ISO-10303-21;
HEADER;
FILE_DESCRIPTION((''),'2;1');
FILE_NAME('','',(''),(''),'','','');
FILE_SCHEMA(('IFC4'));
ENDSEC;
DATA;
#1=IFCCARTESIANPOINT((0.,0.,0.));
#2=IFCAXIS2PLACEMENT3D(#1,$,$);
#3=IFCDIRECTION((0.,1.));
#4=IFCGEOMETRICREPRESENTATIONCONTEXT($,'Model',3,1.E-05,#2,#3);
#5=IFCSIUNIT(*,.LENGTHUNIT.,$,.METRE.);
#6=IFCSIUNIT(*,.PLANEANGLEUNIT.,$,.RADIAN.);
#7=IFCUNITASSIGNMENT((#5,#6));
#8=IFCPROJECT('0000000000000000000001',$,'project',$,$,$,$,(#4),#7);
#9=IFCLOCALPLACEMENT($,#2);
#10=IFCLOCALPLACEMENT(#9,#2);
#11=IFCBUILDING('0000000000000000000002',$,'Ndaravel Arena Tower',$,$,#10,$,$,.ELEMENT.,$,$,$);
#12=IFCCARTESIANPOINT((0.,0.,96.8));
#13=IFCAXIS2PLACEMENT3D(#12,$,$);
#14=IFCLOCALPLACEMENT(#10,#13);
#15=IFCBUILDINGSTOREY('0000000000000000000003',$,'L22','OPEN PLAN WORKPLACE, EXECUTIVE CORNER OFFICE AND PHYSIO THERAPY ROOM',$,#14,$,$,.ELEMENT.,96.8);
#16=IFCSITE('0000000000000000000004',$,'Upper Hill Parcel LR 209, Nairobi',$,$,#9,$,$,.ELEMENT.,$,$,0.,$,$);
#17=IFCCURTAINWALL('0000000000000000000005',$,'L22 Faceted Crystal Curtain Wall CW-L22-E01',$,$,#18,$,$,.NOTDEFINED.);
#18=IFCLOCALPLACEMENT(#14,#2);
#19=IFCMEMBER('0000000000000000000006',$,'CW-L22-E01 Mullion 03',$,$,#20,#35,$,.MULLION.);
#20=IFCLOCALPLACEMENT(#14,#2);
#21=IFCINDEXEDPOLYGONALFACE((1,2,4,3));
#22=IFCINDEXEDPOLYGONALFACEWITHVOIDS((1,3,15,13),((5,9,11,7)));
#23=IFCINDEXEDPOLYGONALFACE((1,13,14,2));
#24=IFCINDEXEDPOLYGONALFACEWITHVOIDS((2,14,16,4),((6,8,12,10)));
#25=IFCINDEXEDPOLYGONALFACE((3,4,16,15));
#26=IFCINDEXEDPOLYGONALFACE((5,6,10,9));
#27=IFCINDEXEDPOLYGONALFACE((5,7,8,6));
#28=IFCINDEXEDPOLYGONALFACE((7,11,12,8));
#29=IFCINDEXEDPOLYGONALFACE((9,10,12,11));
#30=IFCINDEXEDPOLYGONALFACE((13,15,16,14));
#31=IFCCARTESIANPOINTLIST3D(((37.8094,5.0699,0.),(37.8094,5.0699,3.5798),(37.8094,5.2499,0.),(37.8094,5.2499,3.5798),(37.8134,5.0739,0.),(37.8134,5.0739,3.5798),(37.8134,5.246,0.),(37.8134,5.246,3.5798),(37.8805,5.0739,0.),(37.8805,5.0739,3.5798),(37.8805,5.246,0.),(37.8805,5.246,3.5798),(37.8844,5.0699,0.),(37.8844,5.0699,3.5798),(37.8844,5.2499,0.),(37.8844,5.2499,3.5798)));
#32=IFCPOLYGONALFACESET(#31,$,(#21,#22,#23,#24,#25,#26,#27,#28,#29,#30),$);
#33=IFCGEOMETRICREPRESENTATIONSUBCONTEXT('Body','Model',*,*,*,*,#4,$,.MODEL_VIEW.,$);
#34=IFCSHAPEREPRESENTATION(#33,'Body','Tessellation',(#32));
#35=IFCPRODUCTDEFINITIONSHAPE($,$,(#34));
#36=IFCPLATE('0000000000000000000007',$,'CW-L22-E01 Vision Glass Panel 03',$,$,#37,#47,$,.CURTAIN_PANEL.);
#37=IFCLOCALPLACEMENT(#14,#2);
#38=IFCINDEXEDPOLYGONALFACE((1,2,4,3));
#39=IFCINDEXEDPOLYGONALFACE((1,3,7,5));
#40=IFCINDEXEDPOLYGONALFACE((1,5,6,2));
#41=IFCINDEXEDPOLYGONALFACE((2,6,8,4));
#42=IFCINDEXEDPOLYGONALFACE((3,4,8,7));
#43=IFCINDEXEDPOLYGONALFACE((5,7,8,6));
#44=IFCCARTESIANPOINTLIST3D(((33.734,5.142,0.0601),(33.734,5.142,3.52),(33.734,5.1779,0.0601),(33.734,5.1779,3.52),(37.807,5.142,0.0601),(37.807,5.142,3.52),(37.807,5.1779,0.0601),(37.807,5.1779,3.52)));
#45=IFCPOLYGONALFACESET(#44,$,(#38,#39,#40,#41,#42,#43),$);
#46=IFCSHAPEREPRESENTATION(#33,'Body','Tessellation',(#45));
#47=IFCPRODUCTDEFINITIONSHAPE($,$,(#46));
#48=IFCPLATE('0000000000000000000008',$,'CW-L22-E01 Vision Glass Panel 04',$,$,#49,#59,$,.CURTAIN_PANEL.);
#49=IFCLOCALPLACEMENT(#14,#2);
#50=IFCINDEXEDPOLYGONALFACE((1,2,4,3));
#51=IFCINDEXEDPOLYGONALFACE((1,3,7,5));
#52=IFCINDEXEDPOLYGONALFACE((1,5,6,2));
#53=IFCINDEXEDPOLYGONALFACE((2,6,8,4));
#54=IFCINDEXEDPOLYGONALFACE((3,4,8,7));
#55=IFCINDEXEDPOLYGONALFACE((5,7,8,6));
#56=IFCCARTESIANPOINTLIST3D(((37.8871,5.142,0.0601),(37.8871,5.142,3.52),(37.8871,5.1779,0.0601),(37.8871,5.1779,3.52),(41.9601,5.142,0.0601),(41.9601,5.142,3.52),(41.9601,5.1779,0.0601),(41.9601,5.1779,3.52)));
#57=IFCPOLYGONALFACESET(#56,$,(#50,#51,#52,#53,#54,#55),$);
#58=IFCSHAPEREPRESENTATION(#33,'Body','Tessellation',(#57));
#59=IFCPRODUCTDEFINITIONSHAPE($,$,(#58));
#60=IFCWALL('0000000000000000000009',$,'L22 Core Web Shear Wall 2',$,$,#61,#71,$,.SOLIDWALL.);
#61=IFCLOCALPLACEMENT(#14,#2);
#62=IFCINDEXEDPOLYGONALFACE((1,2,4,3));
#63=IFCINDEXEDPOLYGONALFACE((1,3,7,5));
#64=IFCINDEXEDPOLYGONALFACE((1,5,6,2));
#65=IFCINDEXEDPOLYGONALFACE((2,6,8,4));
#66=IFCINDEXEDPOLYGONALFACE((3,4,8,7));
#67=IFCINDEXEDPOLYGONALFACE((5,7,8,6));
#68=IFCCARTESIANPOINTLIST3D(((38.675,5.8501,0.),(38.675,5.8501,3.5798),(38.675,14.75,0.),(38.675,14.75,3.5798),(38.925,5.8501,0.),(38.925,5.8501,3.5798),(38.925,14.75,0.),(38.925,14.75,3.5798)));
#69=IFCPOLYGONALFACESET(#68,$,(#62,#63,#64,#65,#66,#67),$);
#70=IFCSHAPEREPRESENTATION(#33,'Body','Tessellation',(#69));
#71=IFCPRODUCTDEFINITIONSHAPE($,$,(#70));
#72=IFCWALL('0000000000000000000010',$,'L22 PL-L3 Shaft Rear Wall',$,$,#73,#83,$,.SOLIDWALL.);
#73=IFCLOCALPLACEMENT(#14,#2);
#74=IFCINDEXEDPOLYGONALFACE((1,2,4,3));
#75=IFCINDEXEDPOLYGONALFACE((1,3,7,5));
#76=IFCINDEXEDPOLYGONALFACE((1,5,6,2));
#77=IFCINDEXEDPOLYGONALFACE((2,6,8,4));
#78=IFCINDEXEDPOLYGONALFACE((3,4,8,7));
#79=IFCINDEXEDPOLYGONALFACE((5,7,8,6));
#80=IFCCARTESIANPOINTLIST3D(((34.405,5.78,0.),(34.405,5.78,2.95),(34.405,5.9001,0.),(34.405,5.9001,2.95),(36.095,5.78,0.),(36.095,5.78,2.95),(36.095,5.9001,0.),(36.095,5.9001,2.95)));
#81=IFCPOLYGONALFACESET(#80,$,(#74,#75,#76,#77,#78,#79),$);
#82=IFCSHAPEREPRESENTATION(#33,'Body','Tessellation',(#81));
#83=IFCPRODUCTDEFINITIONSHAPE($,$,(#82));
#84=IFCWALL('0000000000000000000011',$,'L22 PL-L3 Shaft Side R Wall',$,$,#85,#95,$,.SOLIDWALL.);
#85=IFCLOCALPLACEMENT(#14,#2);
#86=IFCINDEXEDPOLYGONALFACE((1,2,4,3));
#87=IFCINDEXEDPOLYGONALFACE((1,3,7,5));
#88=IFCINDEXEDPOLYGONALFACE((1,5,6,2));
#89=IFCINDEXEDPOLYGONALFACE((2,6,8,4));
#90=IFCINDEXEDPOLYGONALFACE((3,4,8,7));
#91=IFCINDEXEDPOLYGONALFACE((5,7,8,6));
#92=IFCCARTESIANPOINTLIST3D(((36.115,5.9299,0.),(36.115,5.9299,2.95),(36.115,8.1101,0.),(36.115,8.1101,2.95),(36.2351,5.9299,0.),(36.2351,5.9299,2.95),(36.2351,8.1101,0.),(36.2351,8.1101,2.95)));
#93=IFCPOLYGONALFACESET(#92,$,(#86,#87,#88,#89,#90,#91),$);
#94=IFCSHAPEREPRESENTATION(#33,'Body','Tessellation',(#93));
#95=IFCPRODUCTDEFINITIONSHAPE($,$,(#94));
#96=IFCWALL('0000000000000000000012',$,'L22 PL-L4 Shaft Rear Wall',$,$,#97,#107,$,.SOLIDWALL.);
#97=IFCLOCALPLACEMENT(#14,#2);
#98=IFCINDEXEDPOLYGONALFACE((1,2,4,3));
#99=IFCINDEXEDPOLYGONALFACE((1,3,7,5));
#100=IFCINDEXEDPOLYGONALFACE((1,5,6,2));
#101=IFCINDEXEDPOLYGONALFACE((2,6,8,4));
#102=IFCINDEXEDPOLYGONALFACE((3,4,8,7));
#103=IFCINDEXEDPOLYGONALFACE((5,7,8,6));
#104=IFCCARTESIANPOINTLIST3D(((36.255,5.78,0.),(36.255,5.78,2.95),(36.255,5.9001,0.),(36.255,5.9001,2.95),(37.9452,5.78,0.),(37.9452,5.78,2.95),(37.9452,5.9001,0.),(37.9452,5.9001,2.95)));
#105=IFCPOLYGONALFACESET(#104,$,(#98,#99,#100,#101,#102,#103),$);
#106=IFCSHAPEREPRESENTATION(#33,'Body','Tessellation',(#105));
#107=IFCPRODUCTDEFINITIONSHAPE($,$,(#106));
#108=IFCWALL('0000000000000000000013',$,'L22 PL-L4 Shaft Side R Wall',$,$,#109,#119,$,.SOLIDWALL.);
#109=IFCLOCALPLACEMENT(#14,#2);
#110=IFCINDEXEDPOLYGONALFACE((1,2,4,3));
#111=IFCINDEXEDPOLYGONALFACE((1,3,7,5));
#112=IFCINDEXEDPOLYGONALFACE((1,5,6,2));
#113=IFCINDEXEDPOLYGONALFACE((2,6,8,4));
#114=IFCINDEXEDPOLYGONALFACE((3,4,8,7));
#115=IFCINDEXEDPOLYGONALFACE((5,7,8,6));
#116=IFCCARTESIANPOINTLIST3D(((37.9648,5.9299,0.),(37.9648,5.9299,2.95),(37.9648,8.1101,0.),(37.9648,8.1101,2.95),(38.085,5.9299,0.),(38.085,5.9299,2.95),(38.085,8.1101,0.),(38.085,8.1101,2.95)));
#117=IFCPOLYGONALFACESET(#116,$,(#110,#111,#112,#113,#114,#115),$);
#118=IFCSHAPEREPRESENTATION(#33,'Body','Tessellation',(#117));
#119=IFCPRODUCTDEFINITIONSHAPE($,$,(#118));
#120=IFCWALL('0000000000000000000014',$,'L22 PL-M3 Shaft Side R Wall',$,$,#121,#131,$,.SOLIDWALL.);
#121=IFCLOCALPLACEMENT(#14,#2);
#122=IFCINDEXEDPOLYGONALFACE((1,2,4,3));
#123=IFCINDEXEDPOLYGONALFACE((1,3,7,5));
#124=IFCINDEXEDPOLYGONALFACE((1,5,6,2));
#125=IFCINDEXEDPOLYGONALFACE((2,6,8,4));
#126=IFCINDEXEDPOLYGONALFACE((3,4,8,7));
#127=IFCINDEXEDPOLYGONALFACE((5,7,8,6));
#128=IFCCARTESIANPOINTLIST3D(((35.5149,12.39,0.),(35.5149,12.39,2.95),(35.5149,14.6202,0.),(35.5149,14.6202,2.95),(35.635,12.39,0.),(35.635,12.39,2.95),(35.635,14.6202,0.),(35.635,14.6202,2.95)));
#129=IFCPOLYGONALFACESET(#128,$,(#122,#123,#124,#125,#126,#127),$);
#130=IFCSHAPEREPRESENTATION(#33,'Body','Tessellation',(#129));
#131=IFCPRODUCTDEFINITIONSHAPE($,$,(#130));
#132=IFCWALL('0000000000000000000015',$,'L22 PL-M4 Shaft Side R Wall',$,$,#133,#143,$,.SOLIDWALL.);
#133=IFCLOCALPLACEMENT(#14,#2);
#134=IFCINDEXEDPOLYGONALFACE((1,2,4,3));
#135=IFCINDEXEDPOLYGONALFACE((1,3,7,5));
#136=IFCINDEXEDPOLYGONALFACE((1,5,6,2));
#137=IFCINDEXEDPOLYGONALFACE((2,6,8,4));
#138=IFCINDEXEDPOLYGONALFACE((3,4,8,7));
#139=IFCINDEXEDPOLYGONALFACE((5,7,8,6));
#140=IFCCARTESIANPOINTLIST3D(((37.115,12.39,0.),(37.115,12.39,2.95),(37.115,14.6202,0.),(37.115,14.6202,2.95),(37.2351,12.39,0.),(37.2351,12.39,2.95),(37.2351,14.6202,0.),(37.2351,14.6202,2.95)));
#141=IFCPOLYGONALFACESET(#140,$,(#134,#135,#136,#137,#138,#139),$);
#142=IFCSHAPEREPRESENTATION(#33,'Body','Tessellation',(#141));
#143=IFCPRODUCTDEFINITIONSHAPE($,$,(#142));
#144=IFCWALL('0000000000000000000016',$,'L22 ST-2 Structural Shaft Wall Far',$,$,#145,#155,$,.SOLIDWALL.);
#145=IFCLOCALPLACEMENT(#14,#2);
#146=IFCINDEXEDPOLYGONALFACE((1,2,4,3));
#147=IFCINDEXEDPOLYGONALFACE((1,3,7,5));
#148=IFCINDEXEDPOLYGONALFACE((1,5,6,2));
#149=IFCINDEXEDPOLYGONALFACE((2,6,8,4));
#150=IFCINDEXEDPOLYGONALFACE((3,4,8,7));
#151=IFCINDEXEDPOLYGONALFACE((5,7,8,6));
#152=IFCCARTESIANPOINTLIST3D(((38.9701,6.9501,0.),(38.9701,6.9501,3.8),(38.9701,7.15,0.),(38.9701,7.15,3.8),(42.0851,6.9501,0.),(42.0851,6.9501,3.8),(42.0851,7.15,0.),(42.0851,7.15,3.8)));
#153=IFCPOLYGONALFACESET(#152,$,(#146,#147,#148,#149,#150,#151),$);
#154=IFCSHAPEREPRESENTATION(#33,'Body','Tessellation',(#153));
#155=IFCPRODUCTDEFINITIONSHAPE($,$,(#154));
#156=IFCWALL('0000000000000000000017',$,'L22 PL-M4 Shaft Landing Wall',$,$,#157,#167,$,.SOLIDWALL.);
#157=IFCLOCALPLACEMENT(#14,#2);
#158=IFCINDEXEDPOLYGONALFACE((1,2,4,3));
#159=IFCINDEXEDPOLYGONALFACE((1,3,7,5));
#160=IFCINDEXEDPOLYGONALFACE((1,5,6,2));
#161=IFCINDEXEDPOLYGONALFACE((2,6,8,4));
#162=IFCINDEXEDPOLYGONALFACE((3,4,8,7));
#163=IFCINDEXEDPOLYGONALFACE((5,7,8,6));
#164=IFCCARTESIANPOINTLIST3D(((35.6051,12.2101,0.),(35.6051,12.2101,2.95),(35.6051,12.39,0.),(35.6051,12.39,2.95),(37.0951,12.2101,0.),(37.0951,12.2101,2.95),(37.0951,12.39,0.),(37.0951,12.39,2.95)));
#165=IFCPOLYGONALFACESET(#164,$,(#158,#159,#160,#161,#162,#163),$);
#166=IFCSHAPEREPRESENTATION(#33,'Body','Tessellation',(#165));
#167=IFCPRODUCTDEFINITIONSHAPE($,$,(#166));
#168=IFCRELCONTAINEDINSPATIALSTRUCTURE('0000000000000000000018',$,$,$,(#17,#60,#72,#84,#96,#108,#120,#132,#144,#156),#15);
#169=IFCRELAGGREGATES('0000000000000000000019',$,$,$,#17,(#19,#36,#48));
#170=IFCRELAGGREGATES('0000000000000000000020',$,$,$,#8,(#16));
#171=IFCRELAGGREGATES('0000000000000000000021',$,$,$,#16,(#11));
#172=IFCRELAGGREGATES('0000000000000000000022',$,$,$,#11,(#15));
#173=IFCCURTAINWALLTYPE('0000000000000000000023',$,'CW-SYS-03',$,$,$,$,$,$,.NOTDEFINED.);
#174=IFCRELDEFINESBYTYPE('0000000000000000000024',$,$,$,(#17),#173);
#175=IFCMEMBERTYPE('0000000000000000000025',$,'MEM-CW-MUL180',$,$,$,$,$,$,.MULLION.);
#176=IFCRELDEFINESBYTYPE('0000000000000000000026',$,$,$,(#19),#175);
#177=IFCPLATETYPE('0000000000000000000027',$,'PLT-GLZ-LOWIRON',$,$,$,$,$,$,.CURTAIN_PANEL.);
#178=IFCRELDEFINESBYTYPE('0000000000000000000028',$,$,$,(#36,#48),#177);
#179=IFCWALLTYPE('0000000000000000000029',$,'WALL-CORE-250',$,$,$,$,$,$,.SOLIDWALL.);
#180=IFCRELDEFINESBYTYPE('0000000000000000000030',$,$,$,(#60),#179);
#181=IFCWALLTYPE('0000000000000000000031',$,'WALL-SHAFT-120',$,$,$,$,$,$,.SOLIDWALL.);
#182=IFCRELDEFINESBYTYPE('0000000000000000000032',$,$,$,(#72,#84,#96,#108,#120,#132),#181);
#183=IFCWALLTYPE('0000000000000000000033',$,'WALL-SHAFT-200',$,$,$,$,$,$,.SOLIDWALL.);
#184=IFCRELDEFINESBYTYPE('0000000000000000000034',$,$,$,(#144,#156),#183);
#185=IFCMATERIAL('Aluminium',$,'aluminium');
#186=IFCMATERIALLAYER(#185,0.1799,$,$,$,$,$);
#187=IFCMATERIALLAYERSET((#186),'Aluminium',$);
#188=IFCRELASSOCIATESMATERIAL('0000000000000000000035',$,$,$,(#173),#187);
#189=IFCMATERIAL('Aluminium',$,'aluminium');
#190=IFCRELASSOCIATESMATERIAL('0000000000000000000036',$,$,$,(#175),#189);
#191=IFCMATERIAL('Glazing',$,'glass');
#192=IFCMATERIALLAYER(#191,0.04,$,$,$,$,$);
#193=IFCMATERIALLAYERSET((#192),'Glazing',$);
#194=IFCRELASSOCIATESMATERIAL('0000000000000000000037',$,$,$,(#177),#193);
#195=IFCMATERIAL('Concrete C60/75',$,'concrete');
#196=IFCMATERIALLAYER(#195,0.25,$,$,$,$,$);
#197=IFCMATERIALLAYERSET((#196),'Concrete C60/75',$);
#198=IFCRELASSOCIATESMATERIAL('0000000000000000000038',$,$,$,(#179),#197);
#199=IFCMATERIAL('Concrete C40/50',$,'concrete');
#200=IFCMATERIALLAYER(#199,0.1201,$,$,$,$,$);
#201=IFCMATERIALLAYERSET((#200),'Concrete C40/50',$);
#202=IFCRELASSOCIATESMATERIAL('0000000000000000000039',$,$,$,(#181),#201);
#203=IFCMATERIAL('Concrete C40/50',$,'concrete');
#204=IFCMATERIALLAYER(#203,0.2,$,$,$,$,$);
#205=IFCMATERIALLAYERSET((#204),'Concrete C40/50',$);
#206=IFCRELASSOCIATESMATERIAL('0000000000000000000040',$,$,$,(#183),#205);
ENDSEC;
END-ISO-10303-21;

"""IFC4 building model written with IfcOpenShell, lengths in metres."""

from ifc_helpers import new_model, si_unit, direction, frame, frame_2d, origin, origin_2d, place, context, subcontext, project, spatial, rectangle, hollow_rectangle, extrude, material, layer, layer_set, material_profile, profile_set, type_object, element, aggregate, save


model = new_model("IFC4")

# Units and contexts
model_context = context("Model", 3, precision=1e-05, world=origin(), true_north=direction((0.0, 1.0)))
body_context = subcontext(model_context, "Body", "Model", "MODEL_VIEW")
ifc_project = project(units=[si_unit("LENGTHUNIT", "METRE"), si_unit("PLANEANGLEUNIT", "RADIAN")], contexts=[model_context])

# Site, building, storey
site_placement = place(None, origin())
site = spatial("IfcSite", under=ifc_project, at=site_placement, Name="Upper Hill Parcel LR 209, Nairobi", CompositionType="ELEMENT", RefElevation=0.0)
building_placement = place(site_placement, origin())
building = spatial("IfcBuilding", under=site, at=building_placement, Name="Ndaravel Arena Tower", CompositionType="ELEMENT")
storey_placement = place(building_placement, frame((0.0, 0.0, 96.8)))
storey = spatial("IfcBuildingStorey", under=building, at=storey_placement, Name="L22", Description="OPEN PLAN WORKPLACE, EXECUTIVE CORNER OFFICE AND PHYSIO THERAPY ROOM", CompositionType="ELEMENT", Elevation=96.8)

# Curtain wall, member, plates
ifc_material_1 = material(Name="Aluminium", Category="aluminium")
ifc_layer_1 = layer(ifc_material_1, 0.1799)
ifc_layer_set_1 = layer_set([ifc_layer_1], Name="Aluminium")
curtain_wall_type = type_object("IfcCurtainWallType", Name="CW-SYS-03", PredefinedType="NOTDEFINED", material=ifc_layer_set_1)
curtain_wall_placement = place(storey_placement, origin())
curtain_wall = element("IfcCurtainWall", 1, at=curtain_wall_placement, inside=storey, type_object=curtain_wall_type, Name="L22 Faceted Crystal Curtain Wall CW-L22-E01", PredefinedType="NOTDEFINED")
ifc_material_2 = material(Name="Aluminium", Category="aluminium")
ifc_material_profile = material_profile(ifc_material_2, hollow_rectangle(XDim=0.075, YDim=0.1799, WallThickness=0.0039, at=origin_2d()), Name="CW MULLION 75x180x4")
ifc_profile_set = profile_set([ifc_material_profile], Name="Aluminium")
member_type = type_object("IfcMemberType", Name="MEM-CW-MUL180", PredefinedType="MULLION", material=ifc_profile_set)
member_placement = place(storey_placement, frame((37.8469, 5.1599, 0.0), z_axis=(0.0, 0.0, 1.0), x_axis=(1.0, 0.0, 0.0)))
member = element("IfcMember", 2, at=member_placement, type_object=member_type, Name="CW-L22-E01 Mullion 03", PredefinedType="MULLION", context=body_context, shape_type="SweptSolid", body=[
    extrude(hollow_rectangle(XDim=0.075, YDim=0.1799, WallThickness=0.0039, at=origin_2d()), origin(), (0.0, 0.0, 1.0), 3.5798),
])
ifc_material_3 = material(Name="Glazing", Category="glass")
ifc_layer_2 = layer(ifc_material_3, 0.04)
ifc_layer_set_2 = layer_set([ifc_layer_2], Name="Glazing")
plate_type = type_object("IfcPlateType", Name="PLT-GLZ-LOWIRON", PredefinedType="CURTAIN_PANEL", material=ifc_layer_set_2)
plate_1_placement = place(storey_placement, frame((35.7705, 5.1599, 0.0601), z_axis=(0.0, 0.0, 1.0), x_axis=(1.0, 0.0, 0.0)))
plate_1 = element("IfcPlate", 3, at=plate_1_placement, type_object=plate_type, Name="CW-L22-E01 Vision Glass Panel 03", PredefinedType="CURTAIN_PANEL", context=body_context, shape_type="SweptSolid", body=[
    extrude(rectangle(XDim=4.073, YDim=0.0359, at=origin_2d()), origin(), (0.0, 0.0, 1.0), 3.46),
])
plate_2_placement = place(storey_placement, frame((39.9236, 5.1599, 0.0601), z_axis=(0.0, 0.0, 1.0), x_axis=(1.0, 0.0, 0.0)))
plate_2 = element("IfcPlate", 4, at=plate_2_placement, type_object=plate_type, Name="CW-L22-E01 Vision Glass Panel 04", PredefinedType="CURTAIN_PANEL", context=body_context, shape_type="SweptSolid", body=[
    extrude(rectangle(XDim=4.073, YDim=0.0359, at=origin_2d()), origin(), (0.0, 0.0, 1.0), 3.46),
])
aggregate(curtain_wall, [member, plate_1, plate_2])

# Walls
ifc_material_4 = material(Name="Concrete C60/75", Category="concrete")
ifc_layer_3 = layer(ifc_material_4, 0.25)
ifc_layer_set_3 = layer_set([ifc_layer_3], Name="Concrete C60/75")
wall_type_1 = type_object("IfcWallType", Name="WALL-CORE-250", PredefinedType="SOLIDWALL", material=ifc_layer_set_3)
wall_1_placement = place(storey_placement, frame((38.8, 5.8501, 0.0), z_axis=(0.0, 0.0, 1.0), x_axis=(0.0, 1.0, 0.0)))
element("IfcWall", 5, at=wall_1_placement, inside=storey, type_object=wall_type_1, Name="L22 Core Web Shear Wall 2", PredefinedType="SOLIDWALL", context=body_context, shape_type="SweptSolid", body=[
    extrude(rectangle(XDim=8.8999, YDim=0.25, at=frame_2d((4.45, 0.0))), origin(), (0.0, 0.0, 1.0), 3.5798),
])
ifc_material_5 = material(Name="Concrete C40/50", Category="concrete")
ifc_layer_4 = layer(ifc_material_5, 0.1201)
ifc_layer_set_4 = layer_set([ifc_layer_4], Name="Concrete C40/50")
wall_type_2 = type_object("IfcWallType", Name="WALL-SHAFT-120", PredefinedType="SOLIDWALL", material=ifc_layer_set_4)
wall_2_placement = place(storey_placement, frame((34.405, 5.8401, 0.0), z_axis=(0.0, 0.0, 1.0), x_axis=(1.0, 0.0, 0.0)))
element("IfcWall", 6, at=wall_2_placement, inside=storey, type_object=wall_type_2, Name="L22 PL-L3 Shaft Rear Wall", PredefinedType="SOLIDWALL", context=body_context, shape_type="SweptSolid", body=[
    extrude(rectangle(XDim=1.6899, YDim=0.1201, at=frame_2d((0.845, 0.0))), origin(), (0.0, 0.0, 1.0), 2.95),
])
wall_3_placement = place(storey_placement, frame((36.175, 5.9299, 0.0), z_axis=(0.0, 0.0, 1.0), x_axis=(0.0, 1.0, 0.0)))
element("IfcWall", 7, at=wall_3_placement, inside=storey, type_object=wall_type_2, Name="L22 PL-L3 Shaft Side R Wall", PredefinedType="SOLIDWALL", context=body_context, shape_type="SweptSolid", body=[
    extrude(rectangle(XDim=2.1802, YDim=0.1201, at=frame_2d((1.0901, 0.0))), origin(), (0.0, 0.0, 1.0), 2.95),
])
wall_4_placement = place(storey_placement, frame((36.2549, 5.8401, 0.0), z_axis=(0.0, 0.0, 1.0), x_axis=(1.0, 0.0, 0.0)))
element("IfcWall", 8, at=wall_4_placement, inside=storey, type_object=wall_type_2, Name="L22 PL-L4 Shaft Rear Wall", PredefinedType="SOLIDWALL", context=body_context, shape_type="SweptSolid", body=[
    extrude(rectangle(XDim=1.6902, YDim=0.1201, at=frame_2d((0.8452, 0.0))), origin(), (0.0, 0.0, 1.0), 2.95),
])
wall_5_placement = place(storey_placement, frame((38.0249, 5.9299, 0.0), z_axis=(0.0, 0.0, 1.0), x_axis=(0.0, 1.0, 0.0)))
element("IfcWall", 9, at=wall_5_placement, inside=storey, type_object=wall_type_2, Name="L22 PL-L4 Shaft Side R Wall", PredefinedType="SOLIDWALL", context=body_context, shape_type="SweptSolid", body=[
    extrude(rectangle(XDim=2.1802, YDim=0.1201, at=frame_2d((1.0901, 0.0))), origin(), (0.0, 0.0, 1.0), 2.95),
])
for number, where, z_axis, x_axis, name in (
    (10, (35.575, 12.3899, 0.0), (0.0, 0.0, 1.0), (0.0, 1.0, 0.0), "L22 PL-M3 Shaft Side R Wall"),
    (11, (37.175, 12.3899, 0.0), (0.0, 0.0, 1.0), (0.0, 1.0, 0.0), "L22 PL-M4 Shaft Side R Wall"),
):
    element("IfcWall", number, at=place(storey_placement, frame(where, z_axis=z_axis, x_axis=x_axis)), inside=storey, type_object=wall_type_2, Name=name, PredefinedType="SOLIDWALL", context=body_context, shape_type="SweptSolid", body=[
        extrude(rectangle(XDim=2.2302, YDim=0.1201, at=frame_2d((1.1152, 0.0))), origin(), (0.0, 0.0, 1.0), 2.95),
    ])
ifc_material_6 = material(Name="Concrete C40/50", Category="concrete")
ifc_layer_5 = layer(ifc_material_6, 0.2)
ifc_layer_set_5 = layer_set([ifc_layer_5], Name="Concrete C40/50")
wall_type_3 = type_object("IfcWallType", Name="WALL-SHAFT-200", PredefinedType="SOLIDWALL", material=ifc_layer_set_5)
wall_6_placement = place(storey_placement, frame((38.97, 7.05, 0.0), z_axis=(0.0, 0.0, 1.0), x_axis=(1.0, 0.0, 0.0)))
element("IfcWall", 12, at=wall_6_placement, inside=storey, type_object=wall_type_3, Name="L22 ST-2 Structural Shaft Wall Far", PredefinedType="SOLIDWALL", context=body_context, shape_type="SweptSolid", body=[
    extrude(rectangle(XDim=3.115, YDim=0.2, at=frame_2d((1.5576, 0.0))), origin(), (0.0, 0.0, 1.0), 3.8),
])

# Wall
wall_7_placement = place(storey_placement, frame((35.605, 12.3, 0.0), z_axis=(0.0, 0.0, 1.0), x_axis=(1.0, 0.0, 0.0)))
element("IfcWall", 13, at=wall_7_placement, inside=storey, type_object=wall_type_3, Name="L22 PL-M4 Shaft Landing Wall", PredefinedType="SOLIDWALL", context=body_context, shape_type="SweptSolid", body=[
    extrude(rectangle(XDim=1.49, YDim=0.1799, at=frame_2d((0.7451, 0.0))), origin(), (0.0, 0.0, 1.0), 2.95),
])

save(model, "model.ifc")
